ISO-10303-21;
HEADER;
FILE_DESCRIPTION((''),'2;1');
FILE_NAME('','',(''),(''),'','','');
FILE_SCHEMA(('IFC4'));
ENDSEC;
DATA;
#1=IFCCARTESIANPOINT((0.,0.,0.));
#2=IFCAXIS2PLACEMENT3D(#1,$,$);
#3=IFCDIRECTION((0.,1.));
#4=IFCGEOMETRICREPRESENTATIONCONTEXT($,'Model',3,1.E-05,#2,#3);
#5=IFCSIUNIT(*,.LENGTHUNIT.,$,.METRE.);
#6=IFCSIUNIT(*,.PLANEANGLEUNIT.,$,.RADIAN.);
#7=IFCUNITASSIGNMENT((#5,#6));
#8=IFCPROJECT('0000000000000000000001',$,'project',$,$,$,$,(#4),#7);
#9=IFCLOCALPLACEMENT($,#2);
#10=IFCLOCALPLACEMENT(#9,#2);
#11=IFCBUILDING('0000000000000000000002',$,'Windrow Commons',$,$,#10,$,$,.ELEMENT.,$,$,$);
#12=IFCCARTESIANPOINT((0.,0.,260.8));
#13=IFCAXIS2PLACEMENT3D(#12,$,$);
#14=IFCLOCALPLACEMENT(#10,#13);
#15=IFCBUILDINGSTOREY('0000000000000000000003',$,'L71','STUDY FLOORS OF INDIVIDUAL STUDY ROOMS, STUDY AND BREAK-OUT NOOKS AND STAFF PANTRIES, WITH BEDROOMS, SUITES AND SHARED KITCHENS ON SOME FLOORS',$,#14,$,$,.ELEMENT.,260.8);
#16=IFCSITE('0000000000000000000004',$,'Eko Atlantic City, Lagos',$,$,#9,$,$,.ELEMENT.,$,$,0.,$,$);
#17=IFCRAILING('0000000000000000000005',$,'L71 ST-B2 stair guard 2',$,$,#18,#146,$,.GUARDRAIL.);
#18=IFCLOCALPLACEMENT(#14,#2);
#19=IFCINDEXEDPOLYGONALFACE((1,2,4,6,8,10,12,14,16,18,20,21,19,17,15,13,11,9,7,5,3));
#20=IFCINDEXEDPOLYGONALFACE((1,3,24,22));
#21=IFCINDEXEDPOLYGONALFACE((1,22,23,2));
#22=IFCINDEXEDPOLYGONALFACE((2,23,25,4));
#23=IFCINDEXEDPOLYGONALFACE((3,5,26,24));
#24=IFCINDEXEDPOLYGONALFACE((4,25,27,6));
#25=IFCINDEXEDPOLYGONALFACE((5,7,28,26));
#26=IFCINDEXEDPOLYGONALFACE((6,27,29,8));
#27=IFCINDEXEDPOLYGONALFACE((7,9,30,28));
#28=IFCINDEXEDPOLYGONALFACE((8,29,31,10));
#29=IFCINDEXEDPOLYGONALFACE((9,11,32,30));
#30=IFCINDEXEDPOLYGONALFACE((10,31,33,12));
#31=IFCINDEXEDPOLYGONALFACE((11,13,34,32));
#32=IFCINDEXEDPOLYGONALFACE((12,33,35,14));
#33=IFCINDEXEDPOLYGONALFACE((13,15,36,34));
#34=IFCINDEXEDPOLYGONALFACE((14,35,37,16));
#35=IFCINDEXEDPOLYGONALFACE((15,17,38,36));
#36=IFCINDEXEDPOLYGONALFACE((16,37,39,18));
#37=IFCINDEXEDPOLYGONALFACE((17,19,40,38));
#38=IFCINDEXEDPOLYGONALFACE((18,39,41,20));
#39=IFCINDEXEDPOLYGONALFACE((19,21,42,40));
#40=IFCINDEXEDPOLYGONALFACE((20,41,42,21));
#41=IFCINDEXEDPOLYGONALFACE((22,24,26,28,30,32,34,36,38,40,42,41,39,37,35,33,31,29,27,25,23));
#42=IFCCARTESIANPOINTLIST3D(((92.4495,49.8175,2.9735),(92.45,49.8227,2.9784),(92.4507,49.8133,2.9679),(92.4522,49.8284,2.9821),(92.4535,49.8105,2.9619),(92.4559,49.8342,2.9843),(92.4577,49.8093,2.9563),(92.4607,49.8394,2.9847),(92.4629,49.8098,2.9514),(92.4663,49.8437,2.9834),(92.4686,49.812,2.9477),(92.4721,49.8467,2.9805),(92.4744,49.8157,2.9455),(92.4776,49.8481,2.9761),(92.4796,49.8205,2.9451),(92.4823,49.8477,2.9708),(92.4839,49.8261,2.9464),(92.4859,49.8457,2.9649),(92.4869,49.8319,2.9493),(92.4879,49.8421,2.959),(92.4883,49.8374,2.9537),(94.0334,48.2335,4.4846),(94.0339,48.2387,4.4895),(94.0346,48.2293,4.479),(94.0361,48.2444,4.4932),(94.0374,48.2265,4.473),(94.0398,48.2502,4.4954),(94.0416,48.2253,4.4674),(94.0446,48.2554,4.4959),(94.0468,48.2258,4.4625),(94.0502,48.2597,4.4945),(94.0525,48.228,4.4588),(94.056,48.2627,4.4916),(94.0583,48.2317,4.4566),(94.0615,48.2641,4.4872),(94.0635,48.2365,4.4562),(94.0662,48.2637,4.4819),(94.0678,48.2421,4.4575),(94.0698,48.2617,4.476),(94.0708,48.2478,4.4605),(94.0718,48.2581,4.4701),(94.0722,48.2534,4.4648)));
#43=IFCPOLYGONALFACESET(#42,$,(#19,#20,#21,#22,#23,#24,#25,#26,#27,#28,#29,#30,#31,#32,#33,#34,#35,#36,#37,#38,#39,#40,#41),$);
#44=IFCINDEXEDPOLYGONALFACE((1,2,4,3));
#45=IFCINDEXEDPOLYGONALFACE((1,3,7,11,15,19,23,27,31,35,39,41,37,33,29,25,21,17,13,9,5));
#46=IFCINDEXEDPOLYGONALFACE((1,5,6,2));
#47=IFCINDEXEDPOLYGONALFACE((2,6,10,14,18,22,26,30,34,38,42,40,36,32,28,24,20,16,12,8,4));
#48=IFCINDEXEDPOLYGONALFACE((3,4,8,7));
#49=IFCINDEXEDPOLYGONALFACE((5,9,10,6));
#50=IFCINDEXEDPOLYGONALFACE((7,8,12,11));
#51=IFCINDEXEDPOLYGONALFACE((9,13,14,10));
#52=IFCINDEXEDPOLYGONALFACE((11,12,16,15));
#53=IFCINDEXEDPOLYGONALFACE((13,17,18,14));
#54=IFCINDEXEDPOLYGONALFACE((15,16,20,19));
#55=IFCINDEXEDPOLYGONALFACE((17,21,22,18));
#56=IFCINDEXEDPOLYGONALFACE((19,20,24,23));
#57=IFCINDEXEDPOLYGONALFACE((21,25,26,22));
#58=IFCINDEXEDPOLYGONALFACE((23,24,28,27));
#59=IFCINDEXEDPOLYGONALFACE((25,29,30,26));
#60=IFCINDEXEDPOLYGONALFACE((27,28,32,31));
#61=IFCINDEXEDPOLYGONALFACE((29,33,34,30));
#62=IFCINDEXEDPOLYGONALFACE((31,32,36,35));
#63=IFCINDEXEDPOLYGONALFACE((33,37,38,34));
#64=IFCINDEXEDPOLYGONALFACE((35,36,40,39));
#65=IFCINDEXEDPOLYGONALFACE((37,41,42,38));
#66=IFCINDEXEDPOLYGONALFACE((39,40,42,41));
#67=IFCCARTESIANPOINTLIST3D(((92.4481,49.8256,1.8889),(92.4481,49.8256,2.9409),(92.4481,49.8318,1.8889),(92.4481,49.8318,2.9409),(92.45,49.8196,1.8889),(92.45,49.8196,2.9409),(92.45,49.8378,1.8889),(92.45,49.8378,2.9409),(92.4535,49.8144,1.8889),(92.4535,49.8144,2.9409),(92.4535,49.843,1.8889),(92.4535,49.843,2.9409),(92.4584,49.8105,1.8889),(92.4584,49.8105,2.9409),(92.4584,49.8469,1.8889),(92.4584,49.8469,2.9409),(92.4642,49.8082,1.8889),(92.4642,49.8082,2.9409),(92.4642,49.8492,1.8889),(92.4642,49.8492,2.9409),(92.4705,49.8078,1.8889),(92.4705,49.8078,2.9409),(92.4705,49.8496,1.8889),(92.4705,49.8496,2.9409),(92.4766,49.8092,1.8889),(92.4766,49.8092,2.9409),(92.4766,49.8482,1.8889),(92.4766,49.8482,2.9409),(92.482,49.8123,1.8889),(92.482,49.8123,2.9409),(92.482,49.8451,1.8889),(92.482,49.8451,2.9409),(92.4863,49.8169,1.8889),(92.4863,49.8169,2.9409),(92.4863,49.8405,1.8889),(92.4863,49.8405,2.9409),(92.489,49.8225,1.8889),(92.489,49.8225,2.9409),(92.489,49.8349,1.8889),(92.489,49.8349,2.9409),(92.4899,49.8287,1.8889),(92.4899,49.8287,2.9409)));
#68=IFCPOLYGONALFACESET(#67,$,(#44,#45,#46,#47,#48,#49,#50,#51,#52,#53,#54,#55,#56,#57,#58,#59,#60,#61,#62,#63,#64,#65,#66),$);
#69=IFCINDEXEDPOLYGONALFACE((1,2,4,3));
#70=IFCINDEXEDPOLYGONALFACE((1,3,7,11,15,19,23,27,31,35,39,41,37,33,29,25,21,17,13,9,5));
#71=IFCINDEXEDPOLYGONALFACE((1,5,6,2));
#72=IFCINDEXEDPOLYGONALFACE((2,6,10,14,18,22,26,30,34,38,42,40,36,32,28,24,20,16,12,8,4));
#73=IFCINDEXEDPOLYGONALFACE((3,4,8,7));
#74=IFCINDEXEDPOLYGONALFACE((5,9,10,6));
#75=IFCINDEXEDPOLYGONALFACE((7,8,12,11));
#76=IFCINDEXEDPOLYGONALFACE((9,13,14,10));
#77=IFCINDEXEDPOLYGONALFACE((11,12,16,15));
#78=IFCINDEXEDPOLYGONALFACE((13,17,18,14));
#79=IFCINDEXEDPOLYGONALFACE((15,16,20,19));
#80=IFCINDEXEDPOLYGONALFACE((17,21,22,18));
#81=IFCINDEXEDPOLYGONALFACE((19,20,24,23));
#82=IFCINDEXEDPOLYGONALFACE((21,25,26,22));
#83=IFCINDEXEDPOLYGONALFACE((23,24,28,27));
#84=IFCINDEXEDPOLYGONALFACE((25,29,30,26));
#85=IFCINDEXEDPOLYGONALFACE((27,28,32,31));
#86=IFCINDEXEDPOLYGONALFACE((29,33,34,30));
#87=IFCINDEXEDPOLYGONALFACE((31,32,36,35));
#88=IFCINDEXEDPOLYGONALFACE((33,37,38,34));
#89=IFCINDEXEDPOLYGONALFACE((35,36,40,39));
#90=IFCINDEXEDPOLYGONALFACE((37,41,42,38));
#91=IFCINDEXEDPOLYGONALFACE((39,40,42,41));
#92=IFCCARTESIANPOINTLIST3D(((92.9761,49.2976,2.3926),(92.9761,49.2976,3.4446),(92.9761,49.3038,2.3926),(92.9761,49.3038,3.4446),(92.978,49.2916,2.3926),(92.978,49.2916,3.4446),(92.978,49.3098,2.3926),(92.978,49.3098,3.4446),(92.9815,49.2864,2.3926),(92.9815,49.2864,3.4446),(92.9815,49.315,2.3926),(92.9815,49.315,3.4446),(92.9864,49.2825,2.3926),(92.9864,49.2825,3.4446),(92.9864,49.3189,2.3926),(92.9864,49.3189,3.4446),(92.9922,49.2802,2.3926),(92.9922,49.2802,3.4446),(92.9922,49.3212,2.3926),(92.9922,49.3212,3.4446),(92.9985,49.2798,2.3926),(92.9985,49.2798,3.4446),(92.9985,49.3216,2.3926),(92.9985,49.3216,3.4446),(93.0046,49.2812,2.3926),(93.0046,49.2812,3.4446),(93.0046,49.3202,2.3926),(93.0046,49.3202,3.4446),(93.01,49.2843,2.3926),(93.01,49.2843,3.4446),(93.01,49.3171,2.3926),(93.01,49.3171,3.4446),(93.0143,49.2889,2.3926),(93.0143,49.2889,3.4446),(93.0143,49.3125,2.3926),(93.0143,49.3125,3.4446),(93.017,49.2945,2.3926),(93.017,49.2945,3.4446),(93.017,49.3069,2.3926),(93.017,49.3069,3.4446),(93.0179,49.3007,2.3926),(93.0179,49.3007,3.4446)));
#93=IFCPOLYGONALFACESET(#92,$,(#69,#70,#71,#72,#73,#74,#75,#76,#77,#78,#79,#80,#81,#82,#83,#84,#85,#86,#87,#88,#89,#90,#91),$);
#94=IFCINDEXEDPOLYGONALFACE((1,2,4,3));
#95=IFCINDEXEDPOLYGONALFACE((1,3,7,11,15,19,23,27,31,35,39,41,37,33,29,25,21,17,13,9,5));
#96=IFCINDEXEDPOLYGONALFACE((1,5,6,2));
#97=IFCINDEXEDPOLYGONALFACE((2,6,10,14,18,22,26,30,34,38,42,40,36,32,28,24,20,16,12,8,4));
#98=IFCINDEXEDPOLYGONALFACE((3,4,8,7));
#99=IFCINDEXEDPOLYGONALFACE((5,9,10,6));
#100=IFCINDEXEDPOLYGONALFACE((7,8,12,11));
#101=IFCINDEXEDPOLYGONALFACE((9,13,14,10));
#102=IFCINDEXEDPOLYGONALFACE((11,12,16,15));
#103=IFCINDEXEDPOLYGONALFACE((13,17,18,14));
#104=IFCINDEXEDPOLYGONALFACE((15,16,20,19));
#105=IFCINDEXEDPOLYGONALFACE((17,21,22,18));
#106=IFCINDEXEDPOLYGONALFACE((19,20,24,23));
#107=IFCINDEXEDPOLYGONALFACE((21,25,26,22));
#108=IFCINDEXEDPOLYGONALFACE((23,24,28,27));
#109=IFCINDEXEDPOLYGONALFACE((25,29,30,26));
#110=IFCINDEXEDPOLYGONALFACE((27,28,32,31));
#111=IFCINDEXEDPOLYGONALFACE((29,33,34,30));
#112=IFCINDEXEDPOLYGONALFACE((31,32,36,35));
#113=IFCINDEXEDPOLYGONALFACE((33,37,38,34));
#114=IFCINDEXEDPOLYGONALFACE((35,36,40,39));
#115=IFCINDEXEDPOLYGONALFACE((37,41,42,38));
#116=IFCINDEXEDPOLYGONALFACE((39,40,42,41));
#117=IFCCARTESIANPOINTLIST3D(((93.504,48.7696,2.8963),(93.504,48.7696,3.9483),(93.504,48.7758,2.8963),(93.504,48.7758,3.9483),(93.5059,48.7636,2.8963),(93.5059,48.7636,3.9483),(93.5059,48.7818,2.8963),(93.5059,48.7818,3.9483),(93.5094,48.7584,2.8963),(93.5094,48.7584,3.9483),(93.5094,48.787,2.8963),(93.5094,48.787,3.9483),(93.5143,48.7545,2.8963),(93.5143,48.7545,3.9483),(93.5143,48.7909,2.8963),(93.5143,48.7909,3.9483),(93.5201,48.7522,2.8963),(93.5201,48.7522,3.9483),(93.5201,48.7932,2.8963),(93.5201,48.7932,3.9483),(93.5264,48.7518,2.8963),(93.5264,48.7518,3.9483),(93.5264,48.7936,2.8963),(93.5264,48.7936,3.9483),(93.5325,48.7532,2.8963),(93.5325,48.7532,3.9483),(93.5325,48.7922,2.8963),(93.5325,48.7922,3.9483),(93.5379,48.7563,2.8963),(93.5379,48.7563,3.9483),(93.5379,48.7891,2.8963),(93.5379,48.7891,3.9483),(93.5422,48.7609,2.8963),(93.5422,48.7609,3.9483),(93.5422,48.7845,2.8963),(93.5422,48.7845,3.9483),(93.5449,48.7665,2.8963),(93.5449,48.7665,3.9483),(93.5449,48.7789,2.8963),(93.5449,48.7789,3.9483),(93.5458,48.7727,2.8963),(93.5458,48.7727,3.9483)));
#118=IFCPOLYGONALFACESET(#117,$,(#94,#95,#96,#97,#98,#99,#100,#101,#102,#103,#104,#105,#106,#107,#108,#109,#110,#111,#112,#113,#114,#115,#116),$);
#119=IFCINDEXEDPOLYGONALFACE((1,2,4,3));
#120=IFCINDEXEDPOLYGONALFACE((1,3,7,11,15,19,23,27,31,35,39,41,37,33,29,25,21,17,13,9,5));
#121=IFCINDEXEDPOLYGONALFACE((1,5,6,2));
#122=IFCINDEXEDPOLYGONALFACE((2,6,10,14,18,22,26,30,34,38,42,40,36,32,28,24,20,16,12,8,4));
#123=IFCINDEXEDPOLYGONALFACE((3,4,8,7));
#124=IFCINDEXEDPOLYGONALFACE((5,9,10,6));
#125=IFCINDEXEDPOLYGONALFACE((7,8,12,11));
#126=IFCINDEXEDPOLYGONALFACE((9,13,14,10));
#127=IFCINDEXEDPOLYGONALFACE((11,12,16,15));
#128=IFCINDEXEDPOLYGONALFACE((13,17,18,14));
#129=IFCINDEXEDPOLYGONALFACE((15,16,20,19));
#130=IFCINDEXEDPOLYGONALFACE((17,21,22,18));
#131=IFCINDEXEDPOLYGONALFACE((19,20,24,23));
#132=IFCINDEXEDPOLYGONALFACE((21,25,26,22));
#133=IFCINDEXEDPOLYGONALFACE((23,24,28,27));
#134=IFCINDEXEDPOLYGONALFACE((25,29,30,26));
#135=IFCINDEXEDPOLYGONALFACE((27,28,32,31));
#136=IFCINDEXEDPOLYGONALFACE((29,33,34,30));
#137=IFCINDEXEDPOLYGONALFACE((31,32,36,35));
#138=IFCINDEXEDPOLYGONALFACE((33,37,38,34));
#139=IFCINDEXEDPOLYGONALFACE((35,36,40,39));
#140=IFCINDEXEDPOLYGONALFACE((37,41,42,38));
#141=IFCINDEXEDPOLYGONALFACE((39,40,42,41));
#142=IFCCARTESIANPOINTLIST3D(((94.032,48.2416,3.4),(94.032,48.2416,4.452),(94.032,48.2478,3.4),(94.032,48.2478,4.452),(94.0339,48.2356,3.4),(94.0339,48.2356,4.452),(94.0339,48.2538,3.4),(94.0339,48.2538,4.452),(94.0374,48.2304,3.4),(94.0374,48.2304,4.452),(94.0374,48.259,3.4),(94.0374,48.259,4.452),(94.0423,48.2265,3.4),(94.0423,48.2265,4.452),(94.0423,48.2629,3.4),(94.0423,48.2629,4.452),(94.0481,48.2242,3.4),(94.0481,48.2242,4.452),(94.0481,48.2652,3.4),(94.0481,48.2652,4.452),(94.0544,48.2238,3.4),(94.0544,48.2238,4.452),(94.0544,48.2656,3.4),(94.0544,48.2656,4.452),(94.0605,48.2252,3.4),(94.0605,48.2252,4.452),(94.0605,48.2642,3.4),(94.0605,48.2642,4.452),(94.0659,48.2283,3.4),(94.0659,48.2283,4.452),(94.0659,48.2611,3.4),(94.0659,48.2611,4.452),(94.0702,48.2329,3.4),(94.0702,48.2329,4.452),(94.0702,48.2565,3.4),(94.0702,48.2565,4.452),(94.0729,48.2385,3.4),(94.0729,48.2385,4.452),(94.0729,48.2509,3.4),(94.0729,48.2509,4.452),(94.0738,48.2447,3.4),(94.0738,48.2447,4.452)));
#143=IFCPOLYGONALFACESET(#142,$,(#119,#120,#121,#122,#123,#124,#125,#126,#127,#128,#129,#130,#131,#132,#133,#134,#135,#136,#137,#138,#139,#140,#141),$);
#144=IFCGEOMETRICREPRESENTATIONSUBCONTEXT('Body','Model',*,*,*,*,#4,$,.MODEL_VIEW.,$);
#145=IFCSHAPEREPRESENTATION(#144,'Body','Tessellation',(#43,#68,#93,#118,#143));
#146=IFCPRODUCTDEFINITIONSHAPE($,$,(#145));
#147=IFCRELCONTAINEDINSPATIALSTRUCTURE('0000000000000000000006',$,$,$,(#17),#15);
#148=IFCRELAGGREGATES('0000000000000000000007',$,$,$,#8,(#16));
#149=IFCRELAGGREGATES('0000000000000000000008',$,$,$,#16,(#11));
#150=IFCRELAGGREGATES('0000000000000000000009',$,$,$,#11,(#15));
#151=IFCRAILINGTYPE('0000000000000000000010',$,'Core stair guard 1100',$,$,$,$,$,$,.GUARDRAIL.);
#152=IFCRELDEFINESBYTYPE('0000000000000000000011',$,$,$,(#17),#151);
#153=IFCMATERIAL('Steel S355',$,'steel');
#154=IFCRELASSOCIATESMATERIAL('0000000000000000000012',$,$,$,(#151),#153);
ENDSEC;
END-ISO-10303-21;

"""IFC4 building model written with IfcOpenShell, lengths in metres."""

from ifc_helpers import new_model, si_unit, direction, frame, origin, origin_2d, place, context, subcontext, project, spatial, circle, extrude, material, type_object, element, save


model = new_model("IFC4")

# Units and contexts
model_context = context("Model", 3, precision=1e-05, world=origin(), true_north=direction((0.0, 1.0)))
body_context = subcontext(model_context, "Body", "Model", "MODEL_VIEW")
ifc_project = project(units=[si_unit("LENGTHUNIT", "METRE"), si_unit("PLANEANGLEUNIT", "RADIAN")], contexts=[model_context])

# Site, building, storey
site_placement = place(None, origin())
site = spatial("IfcSite", under=ifc_project, at=site_placement, Name="Eko Atlantic City, Lagos", CompositionType="ELEMENT", RefElevation=0.0)
building_placement = place(site_placement, origin())
building = spatial("IfcBuilding", under=site, at=building_placement, Name="Windrow Commons", CompositionType="ELEMENT")
storey_placement = place(building_placement, frame((0.0, 0.0, 260.8)))
storey = spatial("IfcBuildingStorey", under=building, at=storey_placement, Name="L71", Description="STUDY FLOORS OF INDIVIDUAL STUDY ROOMS, STUDY AND BREAK-OUT NOOKS AND STAFF PANTRIES, WITH BEDROOMS, SUITES AND SHARED KITCHENS ON SOME FLOORS", CompositionType="ELEMENT", Elevation=260.8)

# Railing
ifc_material_1 = material(Name="Steel S355", Category="steel")
railing_type_1 = type_object("IfcRailingType", Name="Core stair guard 1100", PredefinedType="GUARDRAIL", material=ifc_material_1)
railing_1_placement = place(storey_placement, frame((92.4689, 49.8287, 1.8889)))
element("IfcRailing", 1, at=railing_1_placement, inside=storey, type_object=railing_type_1, Name="L71 ST-B2 stair guard 2", PredefinedType="GUARDRAIL", context=body_context, shape_type="SweptSolid", body=[
    extrude(circle(Radius=0.024, at=origin_2d()), frame((0.0, 0.0, 1.076), z_axis=(0.586179, -0.586216, 0.559237), x_axis=(0.707129, 0.707084, 0.0)), (0.0, 0.0, 1.0), 2.7021),
    extrude(circle(Radius=0.021, at=origin_2d()), origin(), (0.0, 0.0, 1.0), 1.052),
    extrude(circle(Radius=0.021, at=origin_2d()), frame((0.528, -0.528, 0.5037)), (0.0, 0.0, 1.0), 1.052),
    extrude(circle(Radius=0.021, at=origin_2d()), frame((1.0559, -1.056, 1.0074)), (0.0, 0.0, 1.0), 1.052),
    extrude(circle(Radius=0.021, at=origin_2d()), frame((1.5839, -1.584, 1.5111)), (0.0, 0.0, 1.0), 1.052),
])

save(model, "model.ifc")
